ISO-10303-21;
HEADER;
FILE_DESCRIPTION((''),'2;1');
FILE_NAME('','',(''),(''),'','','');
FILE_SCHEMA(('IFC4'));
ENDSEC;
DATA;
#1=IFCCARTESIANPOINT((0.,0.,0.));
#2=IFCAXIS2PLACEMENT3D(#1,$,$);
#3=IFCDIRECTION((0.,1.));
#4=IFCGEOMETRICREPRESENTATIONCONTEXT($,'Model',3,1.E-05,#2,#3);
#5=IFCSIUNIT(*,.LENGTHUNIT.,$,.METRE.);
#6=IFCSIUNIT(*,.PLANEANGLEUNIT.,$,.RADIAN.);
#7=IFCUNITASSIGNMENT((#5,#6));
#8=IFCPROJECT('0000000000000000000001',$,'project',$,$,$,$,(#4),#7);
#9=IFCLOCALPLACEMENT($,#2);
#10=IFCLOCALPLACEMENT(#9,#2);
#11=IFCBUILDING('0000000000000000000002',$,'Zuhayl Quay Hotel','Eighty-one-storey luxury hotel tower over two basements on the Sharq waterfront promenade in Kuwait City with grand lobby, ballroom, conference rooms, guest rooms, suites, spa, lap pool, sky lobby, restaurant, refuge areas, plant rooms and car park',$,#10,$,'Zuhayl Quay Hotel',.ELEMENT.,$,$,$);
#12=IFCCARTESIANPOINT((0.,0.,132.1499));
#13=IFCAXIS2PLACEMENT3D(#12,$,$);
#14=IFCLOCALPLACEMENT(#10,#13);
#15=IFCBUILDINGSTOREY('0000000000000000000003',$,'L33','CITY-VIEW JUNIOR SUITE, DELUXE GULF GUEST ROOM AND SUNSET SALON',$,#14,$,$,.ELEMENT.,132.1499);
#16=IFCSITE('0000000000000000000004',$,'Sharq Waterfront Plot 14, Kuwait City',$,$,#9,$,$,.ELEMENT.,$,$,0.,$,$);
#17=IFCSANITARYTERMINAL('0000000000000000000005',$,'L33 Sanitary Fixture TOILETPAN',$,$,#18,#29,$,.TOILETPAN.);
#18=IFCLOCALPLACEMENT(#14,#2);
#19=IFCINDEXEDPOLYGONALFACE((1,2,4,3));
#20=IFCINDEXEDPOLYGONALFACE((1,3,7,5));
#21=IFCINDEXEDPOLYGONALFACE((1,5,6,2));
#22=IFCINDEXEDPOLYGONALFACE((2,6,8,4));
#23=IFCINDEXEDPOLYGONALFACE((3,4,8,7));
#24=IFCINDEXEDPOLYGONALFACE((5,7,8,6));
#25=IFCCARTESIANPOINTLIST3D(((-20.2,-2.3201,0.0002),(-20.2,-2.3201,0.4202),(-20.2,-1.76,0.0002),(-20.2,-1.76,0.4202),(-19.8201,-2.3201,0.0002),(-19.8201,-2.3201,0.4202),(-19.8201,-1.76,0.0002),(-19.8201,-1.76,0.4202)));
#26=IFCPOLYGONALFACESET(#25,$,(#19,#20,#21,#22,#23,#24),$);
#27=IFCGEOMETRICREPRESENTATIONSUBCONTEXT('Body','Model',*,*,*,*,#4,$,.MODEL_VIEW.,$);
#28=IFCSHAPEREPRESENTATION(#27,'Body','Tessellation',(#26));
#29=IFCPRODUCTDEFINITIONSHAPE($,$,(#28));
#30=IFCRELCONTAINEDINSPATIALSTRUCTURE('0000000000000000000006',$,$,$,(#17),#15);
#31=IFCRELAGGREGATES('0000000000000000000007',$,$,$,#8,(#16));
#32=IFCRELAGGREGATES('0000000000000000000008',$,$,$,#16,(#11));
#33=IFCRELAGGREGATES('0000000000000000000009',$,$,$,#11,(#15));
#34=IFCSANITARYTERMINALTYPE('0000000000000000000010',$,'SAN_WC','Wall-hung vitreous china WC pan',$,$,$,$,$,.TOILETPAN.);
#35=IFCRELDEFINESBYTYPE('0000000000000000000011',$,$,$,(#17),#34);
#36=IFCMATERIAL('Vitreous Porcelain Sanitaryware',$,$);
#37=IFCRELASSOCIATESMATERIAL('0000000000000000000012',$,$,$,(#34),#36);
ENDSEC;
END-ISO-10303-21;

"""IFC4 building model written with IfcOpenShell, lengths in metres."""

from ifc_helpers import new_model, si_unit, direction, frame, origin, origin_2d, place, context, subcontext, project, spatial, rectangle, extrude, material, type_object, element, save


model = new_model("IFC4")

# Units and contexts
model_context = context("Model", 3, precision=1e-05, world=origin(), true_north=direction((0.0, 1.0)))
body_context = subcontext(model_context, "Body", "Model", "MODEL_VIEW")
ifc_project = project(units=[si_unit("LENGTHUNIT", "METRE"), si_unit("PLANEANGLEUNIT", "RADIAN")], contexts=[model_context])

# Site, building, storey
site_placement = place(None, origin())
site = spatial("IfcSite", under=ifc_project, at=site_placement, Name="Sharq Waterfront Plot 14, Kuwait City", CompositionType="ELEMENT", RefElevation=0.0)
building_placement = place(site_placement, origin())
building = spatial("IfcBuilding", under=site, at=building_placement, Name="Zuhayl Quay Hotel", Description="Eighty-one-storey luxury hotel tower over two basements on the Sharq waterfront promenade in Kuwait City with grand lobby, ballroom, conference rooms, guest rooms, suites, spa, lap pool, sky lobby, restaurant, refuge areas, plant rooms and car park", LongName="Zuhayl Quay Hotel", CompositionType="ELEMENT")
storey_placement = place(building_placement, frame((0.0, 0.0, 132.1499)))
storey = spatial("IfcBuildingStorey", under=building, at=storey_placement, Name="L33", Description="CITY-VIEW JUNIOR SUITE, DELUXE GULF GUEST ROOM AND SUNSET SALON", CompositionType="ELEMENT", Elevation=132.1499)

# Sanitary terminal
ifc_material_1 = material(Name="Vitreous Porcelain Sanitaryware")
sanitary_terminal_type_1 = type_object("IfcSanitaryTerminalType", Name="SAN_WC", Description="Wall-hung vitreous china WC pan", PredefinedType="TOILETPAN", material=ifc_material_1)
sanitary_terminal_1_placement = place(storey_placement, frame((-20.01, -2.04, 0.0002), z_axis=(0.0, 0.0, 1.0), x_axis=(1.0, 0.0, 0.0)))
element("IfcSanitaryTerminal", 1, at=sanitary_terminal_1_placement, inside=storey, type_object=sanitary_terminal_type_1, Name="L33 Sanitary Fixture TOILETPAN", PredefinedType="TOILETPAN", context=body_context, shape_type="SweptSolid", body=[
    extrude(rectangle(XDim=0.3799, YDim=0.5601, at=origin_2d()), origin(), (0.0, 0.0, 1.0), 0.4199),
])

save(model, "model.ifc")
